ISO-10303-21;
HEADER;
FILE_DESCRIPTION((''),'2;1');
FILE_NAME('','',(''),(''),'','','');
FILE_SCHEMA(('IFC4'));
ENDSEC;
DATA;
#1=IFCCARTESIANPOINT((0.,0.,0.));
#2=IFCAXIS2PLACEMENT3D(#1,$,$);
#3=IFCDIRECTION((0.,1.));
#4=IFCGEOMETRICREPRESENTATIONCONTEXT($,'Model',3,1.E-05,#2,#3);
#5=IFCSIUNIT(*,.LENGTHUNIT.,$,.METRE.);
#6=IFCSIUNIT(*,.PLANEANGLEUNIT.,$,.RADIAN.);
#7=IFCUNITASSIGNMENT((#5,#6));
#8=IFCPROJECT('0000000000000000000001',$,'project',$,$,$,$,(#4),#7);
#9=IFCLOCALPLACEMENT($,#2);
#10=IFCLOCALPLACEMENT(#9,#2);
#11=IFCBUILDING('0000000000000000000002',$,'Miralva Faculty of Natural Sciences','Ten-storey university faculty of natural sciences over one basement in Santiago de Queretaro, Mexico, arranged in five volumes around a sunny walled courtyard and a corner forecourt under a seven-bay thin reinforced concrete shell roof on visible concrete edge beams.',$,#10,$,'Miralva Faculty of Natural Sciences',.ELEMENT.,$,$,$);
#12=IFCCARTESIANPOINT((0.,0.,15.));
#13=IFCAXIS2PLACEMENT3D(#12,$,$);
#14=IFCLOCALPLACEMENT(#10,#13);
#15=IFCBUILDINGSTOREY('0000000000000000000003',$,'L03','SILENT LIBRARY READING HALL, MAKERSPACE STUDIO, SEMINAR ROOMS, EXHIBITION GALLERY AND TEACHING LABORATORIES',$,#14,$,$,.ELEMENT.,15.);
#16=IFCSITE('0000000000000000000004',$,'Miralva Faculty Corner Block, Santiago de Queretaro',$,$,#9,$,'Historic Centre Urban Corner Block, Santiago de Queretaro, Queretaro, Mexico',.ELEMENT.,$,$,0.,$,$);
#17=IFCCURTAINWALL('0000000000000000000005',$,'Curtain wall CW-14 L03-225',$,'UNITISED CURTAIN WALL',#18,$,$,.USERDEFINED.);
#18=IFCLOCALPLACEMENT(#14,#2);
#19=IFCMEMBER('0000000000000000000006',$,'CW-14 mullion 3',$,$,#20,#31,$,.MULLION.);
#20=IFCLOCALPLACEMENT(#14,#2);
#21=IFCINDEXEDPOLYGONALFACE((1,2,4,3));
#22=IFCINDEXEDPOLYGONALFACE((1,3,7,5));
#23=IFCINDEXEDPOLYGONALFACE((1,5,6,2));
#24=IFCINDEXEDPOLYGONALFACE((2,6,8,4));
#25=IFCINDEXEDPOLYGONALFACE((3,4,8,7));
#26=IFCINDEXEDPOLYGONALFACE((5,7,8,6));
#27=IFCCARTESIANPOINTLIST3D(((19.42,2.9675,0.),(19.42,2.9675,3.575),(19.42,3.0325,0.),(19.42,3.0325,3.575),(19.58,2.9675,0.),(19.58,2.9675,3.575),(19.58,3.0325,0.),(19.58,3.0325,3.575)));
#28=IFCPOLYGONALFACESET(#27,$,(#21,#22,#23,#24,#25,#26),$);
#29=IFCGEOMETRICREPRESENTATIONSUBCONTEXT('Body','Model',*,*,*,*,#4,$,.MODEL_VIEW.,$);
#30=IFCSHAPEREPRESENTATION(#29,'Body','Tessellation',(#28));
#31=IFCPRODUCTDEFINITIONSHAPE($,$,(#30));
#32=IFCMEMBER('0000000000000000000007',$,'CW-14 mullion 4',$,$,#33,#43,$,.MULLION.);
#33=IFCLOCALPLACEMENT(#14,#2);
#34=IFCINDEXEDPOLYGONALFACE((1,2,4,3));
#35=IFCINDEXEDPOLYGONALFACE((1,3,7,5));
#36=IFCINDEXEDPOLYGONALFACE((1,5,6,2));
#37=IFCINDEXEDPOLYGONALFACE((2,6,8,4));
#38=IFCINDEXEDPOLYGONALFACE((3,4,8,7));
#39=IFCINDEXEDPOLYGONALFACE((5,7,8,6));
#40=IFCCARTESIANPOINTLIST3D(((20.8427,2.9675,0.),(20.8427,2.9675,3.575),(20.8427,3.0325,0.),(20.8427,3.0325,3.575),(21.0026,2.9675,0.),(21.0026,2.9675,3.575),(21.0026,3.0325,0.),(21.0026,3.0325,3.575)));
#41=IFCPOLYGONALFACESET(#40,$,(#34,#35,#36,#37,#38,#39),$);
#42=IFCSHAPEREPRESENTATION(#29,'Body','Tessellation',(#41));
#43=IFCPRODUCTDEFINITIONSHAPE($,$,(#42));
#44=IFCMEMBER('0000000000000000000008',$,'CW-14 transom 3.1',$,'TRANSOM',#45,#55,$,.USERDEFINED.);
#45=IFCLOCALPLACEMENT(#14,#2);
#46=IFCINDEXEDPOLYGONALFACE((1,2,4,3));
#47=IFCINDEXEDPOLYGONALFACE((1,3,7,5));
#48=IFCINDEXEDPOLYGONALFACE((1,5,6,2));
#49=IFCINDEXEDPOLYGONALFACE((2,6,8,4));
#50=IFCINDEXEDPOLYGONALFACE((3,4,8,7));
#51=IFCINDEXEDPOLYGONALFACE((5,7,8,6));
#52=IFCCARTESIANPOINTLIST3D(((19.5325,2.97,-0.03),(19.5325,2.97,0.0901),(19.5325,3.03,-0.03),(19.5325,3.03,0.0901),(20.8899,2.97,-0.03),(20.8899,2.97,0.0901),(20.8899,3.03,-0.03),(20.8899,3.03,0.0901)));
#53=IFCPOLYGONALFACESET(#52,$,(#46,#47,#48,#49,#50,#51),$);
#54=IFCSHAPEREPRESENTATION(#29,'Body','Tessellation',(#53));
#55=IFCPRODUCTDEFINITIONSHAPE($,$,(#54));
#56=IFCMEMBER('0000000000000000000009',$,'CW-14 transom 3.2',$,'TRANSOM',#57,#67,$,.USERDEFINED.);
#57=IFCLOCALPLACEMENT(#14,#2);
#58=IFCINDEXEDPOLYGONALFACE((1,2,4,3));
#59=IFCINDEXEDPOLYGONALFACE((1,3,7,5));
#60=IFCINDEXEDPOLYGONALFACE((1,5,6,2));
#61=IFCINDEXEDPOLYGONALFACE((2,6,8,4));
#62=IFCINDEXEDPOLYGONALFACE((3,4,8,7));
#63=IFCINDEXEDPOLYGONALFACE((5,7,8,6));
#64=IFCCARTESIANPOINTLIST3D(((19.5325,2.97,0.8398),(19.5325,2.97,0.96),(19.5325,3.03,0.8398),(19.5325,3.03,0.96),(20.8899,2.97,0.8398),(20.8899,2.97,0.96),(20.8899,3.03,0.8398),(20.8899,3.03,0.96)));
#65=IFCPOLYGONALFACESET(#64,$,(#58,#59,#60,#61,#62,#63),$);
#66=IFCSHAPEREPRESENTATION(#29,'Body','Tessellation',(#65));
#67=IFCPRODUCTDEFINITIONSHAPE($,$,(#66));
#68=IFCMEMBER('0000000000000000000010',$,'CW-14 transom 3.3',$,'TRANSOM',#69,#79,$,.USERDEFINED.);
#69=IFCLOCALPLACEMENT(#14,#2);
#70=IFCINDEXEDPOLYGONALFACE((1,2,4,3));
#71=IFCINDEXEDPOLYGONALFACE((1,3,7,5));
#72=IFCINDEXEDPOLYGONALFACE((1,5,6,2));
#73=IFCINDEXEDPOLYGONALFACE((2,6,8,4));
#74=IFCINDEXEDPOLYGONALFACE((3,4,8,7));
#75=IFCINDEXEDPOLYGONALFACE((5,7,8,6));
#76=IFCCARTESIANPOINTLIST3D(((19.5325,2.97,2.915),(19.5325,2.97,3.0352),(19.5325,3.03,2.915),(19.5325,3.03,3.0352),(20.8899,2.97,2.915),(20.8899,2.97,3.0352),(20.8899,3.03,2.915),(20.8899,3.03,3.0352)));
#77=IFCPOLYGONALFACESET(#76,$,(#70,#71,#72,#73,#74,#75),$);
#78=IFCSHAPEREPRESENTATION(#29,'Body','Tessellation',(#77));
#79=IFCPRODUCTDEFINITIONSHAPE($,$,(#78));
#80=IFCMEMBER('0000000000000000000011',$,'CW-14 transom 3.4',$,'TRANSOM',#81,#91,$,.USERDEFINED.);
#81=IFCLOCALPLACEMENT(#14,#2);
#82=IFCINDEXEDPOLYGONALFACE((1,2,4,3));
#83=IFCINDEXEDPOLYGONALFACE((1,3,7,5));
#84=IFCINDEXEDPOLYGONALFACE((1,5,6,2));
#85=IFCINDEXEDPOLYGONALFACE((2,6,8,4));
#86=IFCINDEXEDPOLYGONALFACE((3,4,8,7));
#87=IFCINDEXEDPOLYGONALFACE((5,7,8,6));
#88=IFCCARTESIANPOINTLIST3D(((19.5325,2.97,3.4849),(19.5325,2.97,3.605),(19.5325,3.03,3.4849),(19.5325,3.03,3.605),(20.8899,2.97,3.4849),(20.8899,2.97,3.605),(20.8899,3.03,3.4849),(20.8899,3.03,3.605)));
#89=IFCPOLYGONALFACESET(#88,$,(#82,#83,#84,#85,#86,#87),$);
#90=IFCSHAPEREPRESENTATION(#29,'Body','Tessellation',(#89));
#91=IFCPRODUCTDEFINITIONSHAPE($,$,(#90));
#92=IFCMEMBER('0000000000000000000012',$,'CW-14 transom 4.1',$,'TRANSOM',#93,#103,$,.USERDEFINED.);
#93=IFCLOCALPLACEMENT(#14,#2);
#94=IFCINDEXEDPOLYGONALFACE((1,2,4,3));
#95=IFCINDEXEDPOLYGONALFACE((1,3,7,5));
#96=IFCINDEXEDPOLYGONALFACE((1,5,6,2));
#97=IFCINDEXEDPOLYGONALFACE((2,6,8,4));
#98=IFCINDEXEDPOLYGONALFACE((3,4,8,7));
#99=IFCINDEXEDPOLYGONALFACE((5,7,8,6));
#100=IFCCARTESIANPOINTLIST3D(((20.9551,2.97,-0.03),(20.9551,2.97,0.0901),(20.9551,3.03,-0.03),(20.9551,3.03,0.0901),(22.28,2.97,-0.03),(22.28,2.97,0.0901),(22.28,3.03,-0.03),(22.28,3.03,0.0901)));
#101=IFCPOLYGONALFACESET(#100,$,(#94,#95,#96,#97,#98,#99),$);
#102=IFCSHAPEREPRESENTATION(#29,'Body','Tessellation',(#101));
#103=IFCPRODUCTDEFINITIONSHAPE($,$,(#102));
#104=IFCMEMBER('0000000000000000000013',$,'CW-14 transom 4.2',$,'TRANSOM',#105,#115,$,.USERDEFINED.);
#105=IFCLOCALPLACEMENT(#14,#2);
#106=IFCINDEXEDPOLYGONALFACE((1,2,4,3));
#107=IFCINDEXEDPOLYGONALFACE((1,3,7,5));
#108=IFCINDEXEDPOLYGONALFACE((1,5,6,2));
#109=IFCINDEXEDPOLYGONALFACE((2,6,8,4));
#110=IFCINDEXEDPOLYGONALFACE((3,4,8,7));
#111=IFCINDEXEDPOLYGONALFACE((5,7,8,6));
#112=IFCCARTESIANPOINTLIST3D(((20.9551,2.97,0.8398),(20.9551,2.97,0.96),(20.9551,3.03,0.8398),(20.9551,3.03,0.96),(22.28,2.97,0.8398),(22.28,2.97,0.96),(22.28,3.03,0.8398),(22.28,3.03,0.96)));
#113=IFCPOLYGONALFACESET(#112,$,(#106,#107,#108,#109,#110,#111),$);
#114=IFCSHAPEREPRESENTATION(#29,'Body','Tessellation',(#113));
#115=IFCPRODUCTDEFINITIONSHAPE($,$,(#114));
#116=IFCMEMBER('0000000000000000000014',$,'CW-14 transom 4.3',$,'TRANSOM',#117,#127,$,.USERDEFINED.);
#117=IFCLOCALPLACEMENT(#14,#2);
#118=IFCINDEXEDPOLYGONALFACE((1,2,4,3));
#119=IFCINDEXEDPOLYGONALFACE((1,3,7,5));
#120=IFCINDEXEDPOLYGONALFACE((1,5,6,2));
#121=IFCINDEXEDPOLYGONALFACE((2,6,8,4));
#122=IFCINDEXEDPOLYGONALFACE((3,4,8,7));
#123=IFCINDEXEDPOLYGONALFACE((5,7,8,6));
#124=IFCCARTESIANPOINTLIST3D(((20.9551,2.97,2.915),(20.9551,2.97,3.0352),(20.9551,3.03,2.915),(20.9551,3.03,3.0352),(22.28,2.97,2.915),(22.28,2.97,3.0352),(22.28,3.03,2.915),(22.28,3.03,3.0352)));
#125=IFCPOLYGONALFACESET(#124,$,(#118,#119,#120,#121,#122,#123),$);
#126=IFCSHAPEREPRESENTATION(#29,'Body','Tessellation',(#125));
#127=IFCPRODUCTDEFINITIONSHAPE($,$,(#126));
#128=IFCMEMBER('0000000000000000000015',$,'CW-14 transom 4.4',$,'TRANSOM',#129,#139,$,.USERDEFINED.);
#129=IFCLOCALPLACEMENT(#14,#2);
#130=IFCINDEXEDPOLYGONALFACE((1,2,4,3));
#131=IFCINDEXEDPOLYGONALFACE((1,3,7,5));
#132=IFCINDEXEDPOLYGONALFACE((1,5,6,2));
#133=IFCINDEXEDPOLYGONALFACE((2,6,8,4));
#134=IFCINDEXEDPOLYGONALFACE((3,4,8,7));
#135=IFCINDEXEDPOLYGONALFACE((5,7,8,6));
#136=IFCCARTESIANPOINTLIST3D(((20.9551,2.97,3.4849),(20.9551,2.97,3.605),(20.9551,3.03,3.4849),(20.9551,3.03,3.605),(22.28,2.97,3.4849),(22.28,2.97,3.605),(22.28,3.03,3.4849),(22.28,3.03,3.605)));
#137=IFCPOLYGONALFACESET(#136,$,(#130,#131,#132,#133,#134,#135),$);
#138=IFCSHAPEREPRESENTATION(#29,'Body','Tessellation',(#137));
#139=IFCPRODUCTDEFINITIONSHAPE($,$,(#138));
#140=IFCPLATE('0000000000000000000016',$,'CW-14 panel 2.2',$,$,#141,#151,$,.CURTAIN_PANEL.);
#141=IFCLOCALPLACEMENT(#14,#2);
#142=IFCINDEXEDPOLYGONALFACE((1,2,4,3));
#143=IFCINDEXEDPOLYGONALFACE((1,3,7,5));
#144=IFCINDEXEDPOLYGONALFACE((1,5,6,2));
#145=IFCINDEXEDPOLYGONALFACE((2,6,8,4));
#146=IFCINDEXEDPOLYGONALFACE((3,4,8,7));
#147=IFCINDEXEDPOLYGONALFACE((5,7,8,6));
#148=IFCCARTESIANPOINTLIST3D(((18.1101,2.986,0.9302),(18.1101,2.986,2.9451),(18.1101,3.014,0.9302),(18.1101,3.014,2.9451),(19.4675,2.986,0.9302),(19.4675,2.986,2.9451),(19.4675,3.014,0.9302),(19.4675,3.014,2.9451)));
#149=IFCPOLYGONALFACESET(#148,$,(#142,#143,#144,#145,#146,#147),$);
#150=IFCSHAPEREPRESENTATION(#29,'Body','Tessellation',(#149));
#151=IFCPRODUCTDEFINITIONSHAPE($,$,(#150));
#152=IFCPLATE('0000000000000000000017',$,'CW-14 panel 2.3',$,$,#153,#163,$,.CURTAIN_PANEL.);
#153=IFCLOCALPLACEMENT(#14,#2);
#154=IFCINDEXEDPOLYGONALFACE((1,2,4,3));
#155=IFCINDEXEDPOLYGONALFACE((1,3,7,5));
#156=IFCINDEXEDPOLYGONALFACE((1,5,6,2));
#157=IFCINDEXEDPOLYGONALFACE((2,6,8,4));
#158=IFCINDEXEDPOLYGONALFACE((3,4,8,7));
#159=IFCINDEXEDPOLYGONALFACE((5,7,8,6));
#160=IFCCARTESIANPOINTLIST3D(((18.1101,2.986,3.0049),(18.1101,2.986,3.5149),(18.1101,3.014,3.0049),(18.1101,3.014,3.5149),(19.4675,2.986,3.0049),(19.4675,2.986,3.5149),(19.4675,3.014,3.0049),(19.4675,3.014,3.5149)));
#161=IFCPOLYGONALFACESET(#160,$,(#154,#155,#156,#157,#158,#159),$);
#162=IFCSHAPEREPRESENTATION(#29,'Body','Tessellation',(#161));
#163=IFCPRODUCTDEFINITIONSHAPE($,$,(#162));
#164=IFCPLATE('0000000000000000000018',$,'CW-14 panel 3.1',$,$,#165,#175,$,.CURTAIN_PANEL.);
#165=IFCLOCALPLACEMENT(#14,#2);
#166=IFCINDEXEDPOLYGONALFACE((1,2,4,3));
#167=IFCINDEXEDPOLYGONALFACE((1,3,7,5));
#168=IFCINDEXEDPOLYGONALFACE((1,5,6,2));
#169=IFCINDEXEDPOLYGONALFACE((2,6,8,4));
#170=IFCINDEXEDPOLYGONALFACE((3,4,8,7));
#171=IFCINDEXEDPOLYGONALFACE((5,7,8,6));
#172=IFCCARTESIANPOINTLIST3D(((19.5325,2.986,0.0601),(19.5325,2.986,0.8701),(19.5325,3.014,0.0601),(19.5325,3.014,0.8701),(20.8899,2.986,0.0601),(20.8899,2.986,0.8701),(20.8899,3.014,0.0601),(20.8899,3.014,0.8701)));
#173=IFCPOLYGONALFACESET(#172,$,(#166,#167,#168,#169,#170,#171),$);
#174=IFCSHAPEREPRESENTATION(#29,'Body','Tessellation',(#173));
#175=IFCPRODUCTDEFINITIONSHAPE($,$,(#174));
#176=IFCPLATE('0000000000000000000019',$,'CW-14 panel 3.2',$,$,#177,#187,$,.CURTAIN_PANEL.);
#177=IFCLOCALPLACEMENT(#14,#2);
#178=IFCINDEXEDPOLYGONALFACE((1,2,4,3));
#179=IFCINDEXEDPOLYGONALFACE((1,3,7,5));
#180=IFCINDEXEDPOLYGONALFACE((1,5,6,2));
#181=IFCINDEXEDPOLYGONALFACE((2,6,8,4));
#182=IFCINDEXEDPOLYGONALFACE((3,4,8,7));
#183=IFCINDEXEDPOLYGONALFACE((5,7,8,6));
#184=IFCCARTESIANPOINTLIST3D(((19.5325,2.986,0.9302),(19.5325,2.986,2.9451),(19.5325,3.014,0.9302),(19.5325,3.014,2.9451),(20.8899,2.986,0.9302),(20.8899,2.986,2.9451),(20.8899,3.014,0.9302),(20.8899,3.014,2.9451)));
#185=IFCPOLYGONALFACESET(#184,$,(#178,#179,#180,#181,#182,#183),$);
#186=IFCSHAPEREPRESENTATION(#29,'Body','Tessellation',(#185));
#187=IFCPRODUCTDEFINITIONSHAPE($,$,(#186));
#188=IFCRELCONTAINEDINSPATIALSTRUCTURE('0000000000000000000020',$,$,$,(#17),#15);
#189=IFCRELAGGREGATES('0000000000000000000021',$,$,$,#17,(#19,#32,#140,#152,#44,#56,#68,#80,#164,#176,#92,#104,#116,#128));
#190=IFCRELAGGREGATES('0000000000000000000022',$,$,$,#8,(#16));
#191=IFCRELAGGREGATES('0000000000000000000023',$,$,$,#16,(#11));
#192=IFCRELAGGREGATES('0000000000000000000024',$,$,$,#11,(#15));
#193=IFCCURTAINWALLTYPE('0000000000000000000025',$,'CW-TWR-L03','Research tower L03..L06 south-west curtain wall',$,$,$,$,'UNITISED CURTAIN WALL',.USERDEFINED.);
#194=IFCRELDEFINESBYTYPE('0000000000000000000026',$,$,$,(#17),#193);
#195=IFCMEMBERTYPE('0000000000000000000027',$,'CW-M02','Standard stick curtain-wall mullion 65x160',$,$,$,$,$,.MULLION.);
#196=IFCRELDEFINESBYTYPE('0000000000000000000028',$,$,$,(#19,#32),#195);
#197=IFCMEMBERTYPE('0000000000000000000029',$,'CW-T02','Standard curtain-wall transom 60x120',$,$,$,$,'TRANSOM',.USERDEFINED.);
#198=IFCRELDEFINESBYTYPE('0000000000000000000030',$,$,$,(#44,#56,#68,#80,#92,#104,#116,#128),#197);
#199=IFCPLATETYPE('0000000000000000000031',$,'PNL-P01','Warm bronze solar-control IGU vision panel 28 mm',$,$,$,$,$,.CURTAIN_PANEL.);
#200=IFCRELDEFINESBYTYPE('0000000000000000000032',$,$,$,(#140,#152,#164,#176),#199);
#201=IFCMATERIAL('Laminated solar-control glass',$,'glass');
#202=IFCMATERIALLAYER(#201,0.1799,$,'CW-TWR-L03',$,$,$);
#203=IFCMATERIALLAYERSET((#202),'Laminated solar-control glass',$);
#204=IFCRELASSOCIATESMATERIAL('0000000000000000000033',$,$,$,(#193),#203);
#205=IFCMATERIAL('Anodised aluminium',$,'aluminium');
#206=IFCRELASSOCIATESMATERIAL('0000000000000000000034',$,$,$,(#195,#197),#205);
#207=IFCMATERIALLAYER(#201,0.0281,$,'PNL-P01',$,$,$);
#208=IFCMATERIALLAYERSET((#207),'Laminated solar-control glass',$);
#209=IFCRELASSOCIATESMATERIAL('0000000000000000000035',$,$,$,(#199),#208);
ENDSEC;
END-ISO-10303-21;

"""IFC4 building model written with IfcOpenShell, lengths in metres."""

from ifc_helpers import new_model, si_unit, direction, frame, origin, origin_2d, place, context, subcontext, project, spatial, rectangle, extrude, material, layer, layer_set, material_profile, profile_set, type_object, element, aggregate, save


model = new_model("IFC4")

# Units and contexts
model_context = context("Model", 3, precision=1e-05, world=origin(), true_north=direction((0.0, 1.0)))
body_context = subcontext(model_context, "Body", "Model", "MODEL_VIEW")
ifc_project = project(units=[si_unit("LENGTHUNIT", "METRE"), si_unit("PLANEANGLEUNIT", "RADIAN")], contexts=[model_context])

# Site, building, storey
site_placement = place(None, origin())
site = spatial("IfcSite", under=ifc_project, at=site_placement, Name="Miralva Faculty Corner Block, Santiago de Queretaro", LongName="Historic Centre Urban Corner Block, Santiago de Queretaro, Queretaro, Mexico", CompositionType="ELEMENT", RefElevation=0.0)
building_placement = place(site_placement, origin())
building = spatial("IfcBuilding", under=site, at=building_placement, Name="Miralva Faculty of Natural Sciences", Description="Ten-storey university faculty of natural sciences over one basement in Santiago de Queretaro, Mexico, arranged in five volumes around a sunny walled courtyard and a corner forecourt under a seven-bay thin reinforced concrete shell roof on visible concrete edge beams.", LongName="Miralva Faculty of Natural Sciences", CompositionType="ELEMENT")
storey_placement = place(building_placement, frame((0.0, 0.0, 15.0)))
storey = spatial("IfcBuildingStorey", under=building, at=storey_placement, Name="L03", Description="SILENT LIBRARY READING HALL, MAKERSPACE STUDIO, SEMINAR ROOMS, EXHIBITION GALLERY AND TEACHING LABORATORIES", CompositionType="ELEMENT", Elevation=15.0)

# Curtain wall, members, plates
ifc_material_1 = material(Name="Laminated solar-control glass", Category="glass")
ifc_layer_1 = layer(ifc_material_1, 0.1799, Name="CW-TWR-L03")
ifc_layer_set_1 = layer_set([ifc_layer_1], Name="Laminated solar-control glass")
curtain_wall_type = type_object("IfcCurtainWallType", Name="CW-TWR-L03", Description="Research tower L03..L06 south-west curtain wall", ElementType="UNITISED CURTAIN WALL", PredefinedType="USERDEFINED", material=ifc_layer_set_1)
curtain_wall_placement = place(storey_placement, origin())
curtain_wall = element("IfcCurtainWall", 1, at=curtain_wall_placement, inside=storey, type_object=curtain_wall_type, Name="Curtain wall CW-14 L03-225", ObjectType="UNITISED CURTAIN WALL", PredefinedType="USERDEFINED")
ifc_material_2 = material(Name="Anodised aluminium", Category="aluminium")
ifc_material_profile_1 = material_profile(ifc_material_2, rectangle(XDim=0.0649, YDim=0.1599, at=origin_2d()), Name="MULLION 65x160")
ifc_profile_set_1 = profile_set([ifc_material_profile_1], Name="Anodised aluminium")
member_type_1 = type_object("IfcMemberType", Name="CW-M02", Description="Standard stick curtain-wall mullion 65x160", PredefinedType="MULLION", material=ifc_profile_set_1)
member_1_placement = place(storey_placement, frame((19.5, 3.0, 0.0), z_axis=(0.0, 0.0, 1.0), x_axis=(0.0, 1.0, 0.0)))
member_1 = element("IfcMember", 2, at=member_1_placement, type_object=member_type_1, Name="CW-14 mullion 3", PredefinedType="MULLION", context=body_context, shape_type="SweptSolid", body=[
    extrude(rectangle(XDim=0.0649, YDim=0.1599, at=origin_2d()), origin(), (0.0, 0.0, 1.0), 3.575),
])
member_2_placement = place(storey_placement, frame((20.9226, 3.0, 0.0), z_axis=(0.0, 0.0, 1.0), x_axis=(0.0, 1.0, 0.0)))
member_2 = element("IfcMember", 3, at=member_2_placement, type_object=member_type_1, Name="CW-14 mullion 4", PredefinedType="MULLION", context=body_context, shape_type="SweptSolid", body=[
    extrude(rectangle(XDim=0.0649, YDim=0.1599, at=origin_2d()), origin(), (0.0, 0.0, 1.0), 3.575),
])
ifc_material_profile_2 = material_profile(ifc_material_2, rectangle(XDim=0.0601, YDim=0.1201, at=origin_2d()), Name="TRANSOM 60x120")
ifc_profile_set_2 = profile_set([ifc_material_profile_2], Name="Anodised aluminium")
member_type_2 = type_object("IfcMemberType", Name="CW-T02", Description="Standard curtain-wall transom 60x120", ElementType="TRANSOM", PredefinedType="USERDEFINED", material=ifc_profile_set_2)
member_3_placement = place(storey_placement, frame((19.5325, 3.0, 0.03), z_axis=(1.0, 0.0, 0.0), x_axis=(0.0, 1.0, 0.0)))
member_3 = element("IfcMember", 4, at=member_3_placement, type_object=member_type_2, Name="CW-14 transom 3.1", ObjectType="TRANSOM", PredefinedType="USERDEFINED", context=body_context, shape_type="SweptSolid", body=[
    extrude(rectangle(XDim=0.0601, YDim=0.1201, at=origin_2d()), origin(), (0.0, 0.0, 1.0), 1.3574),
])
member_4_placement = place(storey_placement, frame((19.5325, 3.0, 0.8999), z_axis=(1.0, 0.0, 0.0), x_axis=(0.0, 1.0, 0.0)))
member_4 = element("IfcMember", 5, at=member_4_placement, type_object=member_type_2, Name="CW-14 transom 3.2", ObjectType="TRANSOM", PredefinedType="USERDEFINED", context=body_context, shape_type="SweptSolid", body=[
    extrude(rectangle(XDim=0.0601, YDim=0.1201, at=origin_2d()), origin(), (0.0, 0.0, 1.0), 1.3574),
])
member_5_placement = place(storey_placement, frame((19.5325, 3.0, 2.9751), z_axis=(1.0, 0.0, 0.0), x_axis=(0.0, 1.0, 0.0)))
member_5 = element("IfcMember", 6, at=member_5_placement, type_object=member_type_2, Name="CW-14 transom 3.3", ObjectType="TRANSOM", PredefinedType="USERDEFINED", context=body_context, shape_type="SweptSolid", body=[
    extrude(rectangle(XDim=0.0601, YDim=0.1201, at=origin_2d()), origin(), (0.0, 0.0, 1.0), 1.3574),
])
member_6_placement = place(storey_placement, frame((19.5325, 3.0, 3.5449), z_axis=(1.0, 0.0, 0.0), x_axis=(0.0, 1.0, 0.0)))
member_6 = element("IfcMember", 7, at=member_6_placement, type_object=member_type_2, Name="CW-14 transom 3.4", ObjectType="TRANSOM", PredefinedType="USERDEFINED", context=body_context, shape_type="SweptSolid", body=[
    extrude(rectangle(XDim=0.0601, YDim=0.1201, at=origin_2d()), origin(), (0.0, 0.0, 1.0), 1.3574),
])
member_7_placement = place(storey_placement, frame((20.9551, 3.0, 0.03), z_axis=(1.0, 0.0, 0.0), x_axis=(0.0, 1.0, 0.0)))
member_7 = element("IfcMember", 8, at=member_7_placement, type_object=member_type_2, Name="CW-14 transom 4.1", ObjectType="TRANSOM", PredefinedType="USERDEFINED", context=body_context, shape_type="SweptSolid", body=[
    extrude(rectangle(XDim=0.0601, YDim=0.1201, at=origin_2d()), origin(), (0.0, 0.0, 1.0), 1.325),
])
member_8_placement = place(storey_placement, frame((20.9551, 3.0, 0.8999), z_axis=(1.0, 0.0, 0.0), x_axis=(0.0, 1.0, 0.0)))
member_8 = element("IfcMember", 9, at=member_8_placement, type_object=member_type_2, Name="CW-14 transom 4.2", ObjectType="TRANSOM", PredefinedType="USERDEFINED", context=body_context, shape_type="SweptSolid", body=[
    extrude(rectangle(XDim=0.0601, YDim=0.1201, at=origin_2d()), origin(), (0.0, 0.0, 1.0), 1.325),
])
member_9_placement = place(storey_placement, frame((20.9551, 3.0, 2.9751), z_axis=(1.0, 0.0, 0.0), x_axis=(0.0, 1.0, 0.0)))
member_9 = element("IfcMember", 10, at=member_9_placement, type_object=member_type_2, Name="CW-14 transom 4.3", ObjectType="TRANSOM", PredefinedType="USERDEFINED", context=body_context, shape_type="SweptSolid", body=[
    extrude(rectangle(XDim=0.0601, YDim=0.1201, at=origin_2d()), origin(), (0.0, 0.0, 1.0), 1.325),
])
member_10_placement = place(storey_placement, frame((20.9551, 3.0, 3.5449), z_axis=(1.0, 0.0, 0.0), x_axis=(0.0, 1.0, 0.0)))
member_10 = element("IfcMember", 11, at=member_10_placement, type_object=member_type_2, Name="CW-14 transom 4.4", ObjectType="TRANSOM", PredefinedType="USERDEFINED", context=body_context, shape_type="SweptSolid", body=[
    extrude(rectangle(XDim=0.0601, YDim=0.1201, at=origin_2d()), origin(), (0.0, 0.0, 1.0), 1.325),
])
ifc_layer_2 = layer(ifc_material_1, 0.0281, Name="PNL-P01")
ifc_layer_set_2 = layer_set([ifc_layer_2], Name="Laminated solar-control glass")
plate_type = type_object("IfcPlateType", Name="PNL-P01", Description="Warm bronze solar-control IGU vision panel 28 mm", PredefinedType="CURTAIN_PANEL", material=ifc_layer_set_2)
plate_1_placement = place(storey_placement, frame((18.7888, 3.0, 0.9302), z_axis=(0.0, 0.0, 1.0), x_axis=(1.0, 0.0, 0.0)))
plate_1 = element("IfcPlate", 12, at=plate_1_placement, type_object=plate_type, Name="CW-14 panel 2.2", PredefinedType="CURTAIN_PANEL", context=body_context, shape_type="SweptSolid", body=[
    extrude(rectangle(XDim=1.3574, YDim=0.0281, at=origin_2d()), origin(), (0.0, 0.0, 1.0), 2.0149),
])
plate_2_placement = place(storey_placement, frame((18.7888, 3.0, 3.0049), z_axis=(0.0, 0.0, 1.0), x_axis=(1.0, 0.0, 0.0)))
plate_2 = element("IfcPlate", 13, at=plate_2_placement, type_object=plate_type, Name="CW-14 panel 2.3", PredefinedType="CURTAIN_PANEL", context=body_context, shape_type="SweptSolid", body=[
    extrude(rectangle(XDim=1.3574, YDim=0.0281, at=origin_2d()), origin(), (0.0, 0.0, 1.0), 0.51),
])
plate_3_placement = place(storey_placement, frame((20.2112, 3.0, 0.0601), z_axis=(0.0, 0.0, 1.0), x_axis=(1.0, 0.0, 0.0)))
plate_3 = element("IfcPlate", 14, at=plate_3_placement, type_object=plate_type, Name="CW-14 panel 3.1", PredefinedType="CURTAIN_PANEL", context=body_context, shape_type="SweptSolid", body=[
    extrude(rectangle(XDim=1.3574, YDim=0.0281, at=origin_2d()), origin(), (0.0, 0.0, 1.0), 0.8101),
])
plate_4_placement = place(storey_placement, frame((20.2112, 3.0, 0.9302), z_axis=(0.0, 0.0, 1.0), x_axis=(1.0, 0.0, 0.0)))
plate_4 = element("IfcPlate", 15, at=plate_4_placement, type_object=plate_type, Name="CW-14 panel 3.2", PredefinedType="CURTAIN_PANEL", context=body_context, shape_type="SweptSolid", body=[
    extrude(rectangle(XDim=1.3574, YDim=0.0281, at=origin_2d()), origin(), (0.0, 0.0, 1.0), 2.0149),
])
aggregate(curtain_wall, [member_1, member_2, plate_1, plate_2, member_3, member_4, member_5, member_6, plate_3, plate_4, member_7, member_8, member_9, member_10])

save(model, "model.ifc")
